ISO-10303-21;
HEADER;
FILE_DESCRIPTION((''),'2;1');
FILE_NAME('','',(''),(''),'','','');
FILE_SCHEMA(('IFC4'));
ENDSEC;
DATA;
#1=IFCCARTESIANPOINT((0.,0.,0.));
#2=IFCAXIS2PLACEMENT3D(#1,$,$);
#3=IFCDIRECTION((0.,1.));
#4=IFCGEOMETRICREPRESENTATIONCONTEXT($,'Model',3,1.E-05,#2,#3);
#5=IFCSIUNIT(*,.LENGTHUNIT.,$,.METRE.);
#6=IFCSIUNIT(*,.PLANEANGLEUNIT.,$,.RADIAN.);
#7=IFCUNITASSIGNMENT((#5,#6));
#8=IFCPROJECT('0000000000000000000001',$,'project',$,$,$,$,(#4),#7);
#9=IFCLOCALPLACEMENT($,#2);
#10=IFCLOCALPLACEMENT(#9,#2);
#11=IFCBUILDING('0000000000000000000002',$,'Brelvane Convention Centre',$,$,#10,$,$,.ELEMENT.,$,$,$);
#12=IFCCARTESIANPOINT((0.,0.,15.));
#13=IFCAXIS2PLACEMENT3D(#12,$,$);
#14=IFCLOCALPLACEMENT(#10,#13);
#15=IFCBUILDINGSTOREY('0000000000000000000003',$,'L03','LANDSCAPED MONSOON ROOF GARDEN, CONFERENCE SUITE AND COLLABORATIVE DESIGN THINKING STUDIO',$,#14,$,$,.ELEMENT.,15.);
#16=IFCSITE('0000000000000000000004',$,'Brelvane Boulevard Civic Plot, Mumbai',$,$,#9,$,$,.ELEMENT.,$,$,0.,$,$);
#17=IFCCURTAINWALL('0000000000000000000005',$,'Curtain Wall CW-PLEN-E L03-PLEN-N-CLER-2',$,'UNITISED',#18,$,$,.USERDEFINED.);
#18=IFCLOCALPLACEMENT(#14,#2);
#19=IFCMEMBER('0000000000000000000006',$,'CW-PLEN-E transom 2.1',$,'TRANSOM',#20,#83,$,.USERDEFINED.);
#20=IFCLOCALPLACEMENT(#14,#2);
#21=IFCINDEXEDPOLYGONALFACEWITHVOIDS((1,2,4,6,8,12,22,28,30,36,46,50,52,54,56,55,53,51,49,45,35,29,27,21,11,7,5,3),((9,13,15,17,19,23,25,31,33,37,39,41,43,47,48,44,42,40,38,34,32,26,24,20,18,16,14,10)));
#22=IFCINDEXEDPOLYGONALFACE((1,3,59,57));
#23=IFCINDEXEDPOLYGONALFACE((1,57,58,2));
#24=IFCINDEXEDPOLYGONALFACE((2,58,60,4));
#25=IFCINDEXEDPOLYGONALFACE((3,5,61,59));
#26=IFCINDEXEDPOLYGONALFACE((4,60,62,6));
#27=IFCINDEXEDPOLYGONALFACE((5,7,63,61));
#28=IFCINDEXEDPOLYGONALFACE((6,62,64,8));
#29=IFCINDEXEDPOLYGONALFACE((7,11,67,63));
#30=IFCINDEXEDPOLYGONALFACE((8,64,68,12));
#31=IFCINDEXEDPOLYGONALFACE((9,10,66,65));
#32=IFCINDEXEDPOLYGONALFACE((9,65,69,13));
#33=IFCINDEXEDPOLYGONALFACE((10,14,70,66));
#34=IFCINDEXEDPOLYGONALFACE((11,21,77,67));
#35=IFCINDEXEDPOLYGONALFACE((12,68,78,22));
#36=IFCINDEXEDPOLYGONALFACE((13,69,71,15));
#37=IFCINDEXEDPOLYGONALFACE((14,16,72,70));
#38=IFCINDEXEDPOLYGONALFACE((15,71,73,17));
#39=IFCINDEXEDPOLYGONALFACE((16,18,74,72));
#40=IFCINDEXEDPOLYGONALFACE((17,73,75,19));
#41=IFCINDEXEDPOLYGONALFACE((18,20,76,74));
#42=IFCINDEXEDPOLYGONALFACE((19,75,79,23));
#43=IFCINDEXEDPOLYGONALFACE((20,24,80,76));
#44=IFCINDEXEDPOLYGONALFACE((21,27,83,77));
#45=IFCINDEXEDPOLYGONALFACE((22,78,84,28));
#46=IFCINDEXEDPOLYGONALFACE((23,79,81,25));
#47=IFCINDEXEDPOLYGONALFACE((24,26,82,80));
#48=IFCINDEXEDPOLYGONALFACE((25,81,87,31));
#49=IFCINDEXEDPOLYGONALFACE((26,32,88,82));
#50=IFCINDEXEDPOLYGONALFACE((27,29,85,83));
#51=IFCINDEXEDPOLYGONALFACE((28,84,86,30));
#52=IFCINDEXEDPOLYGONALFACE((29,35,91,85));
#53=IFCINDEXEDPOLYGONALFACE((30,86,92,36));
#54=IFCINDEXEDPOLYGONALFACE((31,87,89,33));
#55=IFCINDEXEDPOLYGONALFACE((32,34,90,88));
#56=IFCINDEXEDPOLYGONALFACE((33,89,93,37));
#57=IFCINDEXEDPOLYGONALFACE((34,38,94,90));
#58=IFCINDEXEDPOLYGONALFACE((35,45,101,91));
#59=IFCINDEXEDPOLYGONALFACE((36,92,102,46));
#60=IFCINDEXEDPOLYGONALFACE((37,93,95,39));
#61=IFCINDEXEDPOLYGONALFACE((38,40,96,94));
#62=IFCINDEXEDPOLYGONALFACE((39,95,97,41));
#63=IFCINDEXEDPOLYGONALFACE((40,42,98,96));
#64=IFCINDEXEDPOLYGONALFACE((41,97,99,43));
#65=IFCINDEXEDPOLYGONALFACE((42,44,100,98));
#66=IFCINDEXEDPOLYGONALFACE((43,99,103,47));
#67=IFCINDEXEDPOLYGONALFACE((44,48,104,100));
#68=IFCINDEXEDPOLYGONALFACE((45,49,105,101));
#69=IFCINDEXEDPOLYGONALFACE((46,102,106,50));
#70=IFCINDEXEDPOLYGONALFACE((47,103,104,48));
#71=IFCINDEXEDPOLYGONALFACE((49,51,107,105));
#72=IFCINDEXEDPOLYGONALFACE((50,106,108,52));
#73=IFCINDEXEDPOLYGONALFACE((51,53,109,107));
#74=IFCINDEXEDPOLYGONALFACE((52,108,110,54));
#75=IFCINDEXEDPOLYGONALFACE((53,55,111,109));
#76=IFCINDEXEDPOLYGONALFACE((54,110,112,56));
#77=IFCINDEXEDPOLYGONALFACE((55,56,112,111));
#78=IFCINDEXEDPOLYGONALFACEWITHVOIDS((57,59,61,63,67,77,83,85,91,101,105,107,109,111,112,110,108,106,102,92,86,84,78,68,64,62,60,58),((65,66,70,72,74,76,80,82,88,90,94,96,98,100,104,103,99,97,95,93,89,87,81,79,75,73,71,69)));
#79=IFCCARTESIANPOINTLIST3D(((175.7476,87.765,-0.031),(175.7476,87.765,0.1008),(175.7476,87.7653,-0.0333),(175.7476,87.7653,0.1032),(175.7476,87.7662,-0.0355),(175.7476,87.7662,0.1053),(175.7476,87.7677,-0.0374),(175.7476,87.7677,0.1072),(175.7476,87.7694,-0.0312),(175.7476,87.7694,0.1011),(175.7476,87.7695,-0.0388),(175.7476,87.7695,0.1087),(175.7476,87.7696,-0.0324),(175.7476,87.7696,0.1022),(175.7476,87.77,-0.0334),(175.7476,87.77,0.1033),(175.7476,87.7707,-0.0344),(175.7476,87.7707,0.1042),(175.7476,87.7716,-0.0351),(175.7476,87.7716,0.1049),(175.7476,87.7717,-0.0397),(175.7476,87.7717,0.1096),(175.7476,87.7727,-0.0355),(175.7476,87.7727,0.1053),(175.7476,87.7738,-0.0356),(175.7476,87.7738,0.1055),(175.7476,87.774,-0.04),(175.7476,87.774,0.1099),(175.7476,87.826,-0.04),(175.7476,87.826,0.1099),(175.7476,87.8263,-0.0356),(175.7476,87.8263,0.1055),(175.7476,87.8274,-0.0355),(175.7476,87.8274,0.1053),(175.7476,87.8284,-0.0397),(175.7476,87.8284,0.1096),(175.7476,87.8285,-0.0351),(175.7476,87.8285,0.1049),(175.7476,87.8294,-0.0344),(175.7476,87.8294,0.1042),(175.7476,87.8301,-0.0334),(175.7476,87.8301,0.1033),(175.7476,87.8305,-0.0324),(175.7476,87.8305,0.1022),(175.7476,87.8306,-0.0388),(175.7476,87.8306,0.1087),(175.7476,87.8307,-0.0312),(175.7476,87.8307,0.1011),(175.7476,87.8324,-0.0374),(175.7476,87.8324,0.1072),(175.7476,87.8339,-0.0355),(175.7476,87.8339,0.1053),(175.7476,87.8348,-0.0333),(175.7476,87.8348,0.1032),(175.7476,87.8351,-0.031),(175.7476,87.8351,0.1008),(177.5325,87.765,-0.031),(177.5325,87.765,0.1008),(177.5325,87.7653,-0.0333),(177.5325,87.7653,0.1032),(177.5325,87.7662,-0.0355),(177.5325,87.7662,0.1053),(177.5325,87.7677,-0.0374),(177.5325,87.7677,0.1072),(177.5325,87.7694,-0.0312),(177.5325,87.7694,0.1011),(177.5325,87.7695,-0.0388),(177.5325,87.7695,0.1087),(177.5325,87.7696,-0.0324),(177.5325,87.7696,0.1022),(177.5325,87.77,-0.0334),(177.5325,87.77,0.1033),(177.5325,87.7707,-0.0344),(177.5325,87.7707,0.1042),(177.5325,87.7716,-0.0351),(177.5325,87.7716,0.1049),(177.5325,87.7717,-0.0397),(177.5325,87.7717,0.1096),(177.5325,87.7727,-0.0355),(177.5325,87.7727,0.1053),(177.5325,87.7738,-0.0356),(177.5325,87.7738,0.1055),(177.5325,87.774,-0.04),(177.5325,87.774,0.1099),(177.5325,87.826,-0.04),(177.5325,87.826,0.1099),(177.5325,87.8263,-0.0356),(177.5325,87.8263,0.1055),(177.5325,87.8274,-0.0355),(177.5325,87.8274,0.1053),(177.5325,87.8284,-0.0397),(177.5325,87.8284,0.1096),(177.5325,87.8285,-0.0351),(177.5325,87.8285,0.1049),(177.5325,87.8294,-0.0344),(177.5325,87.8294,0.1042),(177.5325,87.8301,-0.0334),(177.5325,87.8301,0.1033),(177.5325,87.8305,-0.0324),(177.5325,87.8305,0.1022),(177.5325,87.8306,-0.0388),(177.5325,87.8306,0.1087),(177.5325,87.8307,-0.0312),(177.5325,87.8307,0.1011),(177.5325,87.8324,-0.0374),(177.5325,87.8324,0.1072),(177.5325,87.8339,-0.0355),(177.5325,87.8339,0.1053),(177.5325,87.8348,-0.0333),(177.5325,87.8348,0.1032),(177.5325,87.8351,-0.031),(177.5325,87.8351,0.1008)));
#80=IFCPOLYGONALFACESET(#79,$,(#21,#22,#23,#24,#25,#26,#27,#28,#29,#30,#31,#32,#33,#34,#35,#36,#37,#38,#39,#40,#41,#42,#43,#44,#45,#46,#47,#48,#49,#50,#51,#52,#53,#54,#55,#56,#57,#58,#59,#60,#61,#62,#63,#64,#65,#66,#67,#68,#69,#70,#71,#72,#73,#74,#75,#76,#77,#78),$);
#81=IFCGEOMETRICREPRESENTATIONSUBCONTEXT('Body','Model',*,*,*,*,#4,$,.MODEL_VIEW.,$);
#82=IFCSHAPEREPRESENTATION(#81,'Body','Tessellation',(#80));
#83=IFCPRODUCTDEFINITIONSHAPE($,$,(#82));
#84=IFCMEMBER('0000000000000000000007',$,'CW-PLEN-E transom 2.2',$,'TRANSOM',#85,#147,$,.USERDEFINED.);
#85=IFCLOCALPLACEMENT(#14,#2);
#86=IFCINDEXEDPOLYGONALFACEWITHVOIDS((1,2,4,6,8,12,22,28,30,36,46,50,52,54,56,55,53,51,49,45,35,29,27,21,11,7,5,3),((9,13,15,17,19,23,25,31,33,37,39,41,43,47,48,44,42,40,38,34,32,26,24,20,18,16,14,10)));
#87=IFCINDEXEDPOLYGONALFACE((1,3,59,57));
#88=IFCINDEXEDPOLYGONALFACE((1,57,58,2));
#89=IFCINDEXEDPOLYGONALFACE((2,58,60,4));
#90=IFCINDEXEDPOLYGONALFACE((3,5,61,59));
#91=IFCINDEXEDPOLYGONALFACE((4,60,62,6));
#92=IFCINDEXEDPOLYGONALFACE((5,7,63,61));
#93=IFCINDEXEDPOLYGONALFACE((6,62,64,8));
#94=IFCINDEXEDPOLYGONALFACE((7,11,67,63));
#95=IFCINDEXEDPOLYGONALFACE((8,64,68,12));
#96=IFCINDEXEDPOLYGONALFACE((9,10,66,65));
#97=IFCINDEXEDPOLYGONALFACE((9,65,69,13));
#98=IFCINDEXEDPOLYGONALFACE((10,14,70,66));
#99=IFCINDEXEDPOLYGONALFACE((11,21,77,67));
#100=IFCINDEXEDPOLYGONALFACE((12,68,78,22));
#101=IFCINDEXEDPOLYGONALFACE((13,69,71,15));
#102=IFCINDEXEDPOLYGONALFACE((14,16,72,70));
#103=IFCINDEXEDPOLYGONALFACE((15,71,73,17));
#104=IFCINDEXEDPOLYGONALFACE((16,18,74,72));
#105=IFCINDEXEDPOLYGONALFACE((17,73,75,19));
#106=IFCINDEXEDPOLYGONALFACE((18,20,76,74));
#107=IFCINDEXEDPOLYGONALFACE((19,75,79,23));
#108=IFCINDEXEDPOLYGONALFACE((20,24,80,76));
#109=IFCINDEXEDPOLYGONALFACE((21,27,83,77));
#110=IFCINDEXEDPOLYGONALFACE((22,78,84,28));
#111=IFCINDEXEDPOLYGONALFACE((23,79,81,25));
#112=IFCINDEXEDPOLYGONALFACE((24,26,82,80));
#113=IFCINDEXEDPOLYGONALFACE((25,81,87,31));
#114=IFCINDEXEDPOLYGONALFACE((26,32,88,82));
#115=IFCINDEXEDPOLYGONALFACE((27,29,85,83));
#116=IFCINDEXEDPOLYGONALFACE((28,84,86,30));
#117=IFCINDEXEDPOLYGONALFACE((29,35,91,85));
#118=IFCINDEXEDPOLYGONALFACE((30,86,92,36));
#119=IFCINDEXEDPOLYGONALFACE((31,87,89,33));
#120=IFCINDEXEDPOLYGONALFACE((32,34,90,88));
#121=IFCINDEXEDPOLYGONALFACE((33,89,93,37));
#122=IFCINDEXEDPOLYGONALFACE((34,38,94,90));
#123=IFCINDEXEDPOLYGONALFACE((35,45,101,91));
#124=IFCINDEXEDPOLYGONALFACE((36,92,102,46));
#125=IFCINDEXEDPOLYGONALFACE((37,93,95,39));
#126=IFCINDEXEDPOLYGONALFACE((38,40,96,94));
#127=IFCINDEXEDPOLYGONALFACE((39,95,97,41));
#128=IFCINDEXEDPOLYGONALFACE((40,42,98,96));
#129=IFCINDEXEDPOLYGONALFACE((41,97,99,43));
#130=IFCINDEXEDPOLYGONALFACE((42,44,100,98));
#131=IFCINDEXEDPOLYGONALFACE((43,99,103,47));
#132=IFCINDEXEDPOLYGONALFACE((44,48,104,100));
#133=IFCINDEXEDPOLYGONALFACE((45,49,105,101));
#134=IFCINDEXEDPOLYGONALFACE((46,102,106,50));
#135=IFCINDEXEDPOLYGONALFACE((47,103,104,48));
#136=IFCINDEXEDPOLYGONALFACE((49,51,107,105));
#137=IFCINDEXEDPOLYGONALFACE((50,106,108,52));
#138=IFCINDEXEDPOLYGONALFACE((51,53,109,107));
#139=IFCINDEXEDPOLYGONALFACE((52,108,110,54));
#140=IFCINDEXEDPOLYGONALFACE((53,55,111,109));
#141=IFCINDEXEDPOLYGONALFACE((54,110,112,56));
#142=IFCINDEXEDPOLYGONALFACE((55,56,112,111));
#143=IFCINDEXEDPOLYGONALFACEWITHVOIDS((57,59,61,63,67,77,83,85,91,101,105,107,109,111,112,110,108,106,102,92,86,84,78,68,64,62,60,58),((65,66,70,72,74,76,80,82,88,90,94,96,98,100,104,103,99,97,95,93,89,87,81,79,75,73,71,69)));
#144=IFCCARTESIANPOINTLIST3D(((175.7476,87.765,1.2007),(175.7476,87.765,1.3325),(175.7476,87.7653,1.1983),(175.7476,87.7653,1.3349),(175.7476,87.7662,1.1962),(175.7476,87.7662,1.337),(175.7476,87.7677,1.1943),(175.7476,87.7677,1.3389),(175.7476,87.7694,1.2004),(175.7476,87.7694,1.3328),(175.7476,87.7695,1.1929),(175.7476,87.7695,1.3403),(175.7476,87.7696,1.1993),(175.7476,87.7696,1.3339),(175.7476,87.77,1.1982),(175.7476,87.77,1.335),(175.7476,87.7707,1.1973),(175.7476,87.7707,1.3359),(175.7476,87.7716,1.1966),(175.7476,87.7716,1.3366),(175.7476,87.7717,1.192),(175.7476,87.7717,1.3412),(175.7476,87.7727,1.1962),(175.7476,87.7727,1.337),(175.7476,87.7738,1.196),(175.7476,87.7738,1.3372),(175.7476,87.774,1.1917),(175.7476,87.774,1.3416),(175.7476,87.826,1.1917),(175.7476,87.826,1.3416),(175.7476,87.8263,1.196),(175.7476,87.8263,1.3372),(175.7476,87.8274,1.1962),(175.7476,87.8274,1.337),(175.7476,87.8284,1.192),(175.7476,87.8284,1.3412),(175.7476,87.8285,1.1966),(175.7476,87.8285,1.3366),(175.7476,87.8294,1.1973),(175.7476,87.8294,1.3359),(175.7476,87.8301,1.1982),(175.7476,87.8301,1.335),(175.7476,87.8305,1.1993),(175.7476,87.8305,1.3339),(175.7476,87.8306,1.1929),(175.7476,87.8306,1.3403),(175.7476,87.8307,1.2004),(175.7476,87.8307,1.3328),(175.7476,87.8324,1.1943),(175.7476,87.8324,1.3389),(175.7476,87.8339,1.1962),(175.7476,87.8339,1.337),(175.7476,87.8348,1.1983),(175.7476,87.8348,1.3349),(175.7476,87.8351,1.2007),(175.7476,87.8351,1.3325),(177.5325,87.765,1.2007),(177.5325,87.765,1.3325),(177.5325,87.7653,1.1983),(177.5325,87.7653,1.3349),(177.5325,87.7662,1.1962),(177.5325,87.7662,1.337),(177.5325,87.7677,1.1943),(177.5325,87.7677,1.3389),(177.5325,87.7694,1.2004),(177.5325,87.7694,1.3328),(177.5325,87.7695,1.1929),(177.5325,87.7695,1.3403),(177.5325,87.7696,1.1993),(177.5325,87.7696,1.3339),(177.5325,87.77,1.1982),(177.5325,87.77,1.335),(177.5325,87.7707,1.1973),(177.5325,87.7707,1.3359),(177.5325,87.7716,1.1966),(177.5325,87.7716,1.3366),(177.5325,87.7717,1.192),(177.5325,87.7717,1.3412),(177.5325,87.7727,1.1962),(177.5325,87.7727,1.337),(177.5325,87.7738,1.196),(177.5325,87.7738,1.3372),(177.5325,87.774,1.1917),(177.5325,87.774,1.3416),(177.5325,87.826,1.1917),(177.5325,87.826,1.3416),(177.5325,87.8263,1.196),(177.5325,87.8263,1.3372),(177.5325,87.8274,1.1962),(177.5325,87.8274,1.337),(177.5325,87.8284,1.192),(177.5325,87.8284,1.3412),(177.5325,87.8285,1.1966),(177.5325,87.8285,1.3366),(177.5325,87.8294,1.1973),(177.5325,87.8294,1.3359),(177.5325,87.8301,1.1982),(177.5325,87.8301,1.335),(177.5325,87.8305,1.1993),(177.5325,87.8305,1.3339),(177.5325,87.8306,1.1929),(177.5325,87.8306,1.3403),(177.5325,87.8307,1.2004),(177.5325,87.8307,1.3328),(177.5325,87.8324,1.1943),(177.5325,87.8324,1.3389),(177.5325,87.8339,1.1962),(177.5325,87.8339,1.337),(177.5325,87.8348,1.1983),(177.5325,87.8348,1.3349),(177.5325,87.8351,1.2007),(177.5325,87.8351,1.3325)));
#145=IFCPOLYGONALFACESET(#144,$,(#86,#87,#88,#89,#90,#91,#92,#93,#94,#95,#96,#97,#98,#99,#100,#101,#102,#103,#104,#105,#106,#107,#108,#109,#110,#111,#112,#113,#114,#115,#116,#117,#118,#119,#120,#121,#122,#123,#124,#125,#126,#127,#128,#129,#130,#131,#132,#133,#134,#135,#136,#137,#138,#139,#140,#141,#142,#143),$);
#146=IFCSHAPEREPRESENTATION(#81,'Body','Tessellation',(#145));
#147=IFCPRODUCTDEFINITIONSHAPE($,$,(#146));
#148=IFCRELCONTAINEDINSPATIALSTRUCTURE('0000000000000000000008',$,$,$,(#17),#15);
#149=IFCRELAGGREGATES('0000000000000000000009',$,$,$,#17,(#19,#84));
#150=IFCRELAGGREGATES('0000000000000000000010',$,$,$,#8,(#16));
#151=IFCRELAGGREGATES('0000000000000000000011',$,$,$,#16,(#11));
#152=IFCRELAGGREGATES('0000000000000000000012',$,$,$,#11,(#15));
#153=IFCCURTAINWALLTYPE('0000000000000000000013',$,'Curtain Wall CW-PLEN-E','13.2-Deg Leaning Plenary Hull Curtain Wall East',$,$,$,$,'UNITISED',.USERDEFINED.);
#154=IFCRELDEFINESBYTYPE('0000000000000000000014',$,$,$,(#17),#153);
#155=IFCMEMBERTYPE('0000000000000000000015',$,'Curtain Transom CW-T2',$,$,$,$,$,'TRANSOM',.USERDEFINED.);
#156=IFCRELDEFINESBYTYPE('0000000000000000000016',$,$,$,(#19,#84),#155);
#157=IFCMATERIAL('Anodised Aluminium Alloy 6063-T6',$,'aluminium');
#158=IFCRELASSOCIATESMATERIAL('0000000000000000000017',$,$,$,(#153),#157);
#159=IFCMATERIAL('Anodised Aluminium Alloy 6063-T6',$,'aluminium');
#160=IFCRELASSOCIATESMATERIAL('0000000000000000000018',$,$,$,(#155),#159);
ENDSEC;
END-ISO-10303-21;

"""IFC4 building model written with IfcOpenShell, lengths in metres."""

from ifc_helpers import new_model, si_unit, direction, frame, origin, origin_2d, place, context, subcontext, project, spatial, hollow_rectangle, extrude, material, material_profile, profile_set, type_object, element, aggregate, save


model = new_model("IFC4")

# Units and contexts
model_context = context("Model", 3, precision=1e-05, world=origin(), true_north=direction((0.0, 1.0)))
body_context = subcontext(model_context, "Body", "Model", "MODEL_VIEW")
ifc_project = project(units=[si_unit("LENGTHUNIT", "METRE"), si_unit("PLANEANGLEUNIT", "RADIAN")], contexts=[model_context])

# Site, building, storey
site_placement = place(None, origin())
site = spatial("IfcSite", under=ifc_project, at=site_placement, Name="Brelvane Boulevard Civic Plot, Mumbai", CompositionType="ELEMENT", RefElevation=0.0)
building_placement = place(site_placement, origin())
building = spatial("IfcBuilding", under=site, at=building_placement, Name="Brelvane Convention Centre", CompositionType="ELEMENT")
storey_placement = place(building_placement, frame((0.0, 0.0, 15.0)))
storey = spatial("IfcBuildingStorey", under=building, at=storey_placement, Name="L03", Description="LANDSCAPED MONSOON ROOF GARDEN, CONFERENCE SUITE AND COLLABORATIVE DESIGN THINKING STUDIO", CompositionType="ELEMENT", Elevation=15.0)

# Curtain wall
ifc_material_1 = material(Name="Anodised Aluminium Alloy 6063-T6", Category="aluminium")
curtain_wall_type = type_object("IfcCurtainWallType", Name="Curtain Wall CW-PLEN-E", Description="13.2-Deg Leaning Plenary Hull Curtain Wall East", ElementType="UNITISED", PredefinedType="USERDEFINED", material=ifc_material_1)
curtain_wall_1_placement = place(storey_placement, origin())
curtain_wall_1 = element("IfcCurtainWall", 1, at=curtain_wall_1_placement, inside=storey, type_object=curtain_wall_type, Name="Curtain Wall CW-PLEN-E L03-PLEN-N-CLER-2", ObjectType="UNITISED", PredefinedType="USERDEFINED")

# Members
ifc_material_2 = material(Name="Anodised Aluminium Alloy 6063-T6", Category="aluminium")
ifc_material_profile_1 = material_profile(ifc_material_2, hollow_rectangle(XDim=0.0701, YDim=0.1499, WallThickness=0.0044, InnerFilletRadius=0.0044, OuterFilletRadius=0.009, at=origin_2d()), Name="ALU-T 150x70x4.5")
ifc_profile_set_1 = profile_set([ifc_material_profile_1], Name="Anodised Aluminium Alloy 6063-T6")
member_type_1 = type_object("IfcMemberType", Name="Curtain Transom CW-T2", ElementType="TRANSOM", PredefinedType="USERDEFINED", material=ifc_profile_set_1)
member_1_placement = place(storey_placement, frame((175.7476, 87.8, 0.0349), z_axis=(1.0, 0.0, 0.0), x_axis=(0.0, 1.0, 0.0)))
member_1 = element("IfcMember", 2, at=member_1_placement, type_object=member_type_1, Name="CW-PLEN-E transom 2.1", ObjectType="TRANSOM", PredefinedType="USERDEFINED", context=body_context, shape_type="SweptSolid", body=[
    extrude(hollow_rectangle(XDim=0.0701, YDim=0.1499, WallThickness=0.0044, InnerFilletRadius=0.0044, OuterFilletRadius=0.009, at=origin_2d()), origin(), (0.0, 0.0, 1.0), 1.7849),
])
member_2_placement = place(storey_placement, frame((175.7476, 87.8, 1.2666), z_axis=(1.0, 0.0, 0.0), x_axis=(0.0, 1.0, 0.0)))
member_2 = element("IfcMember", 3, at=member_2_placement, type_object=member_type_1, Name="CW-PLEN-E transom 2.2", ObjectType="TRANSOM", PredefinedType="USERDEFINED", context=body_context, shape_type="SweptSolid", body=[
    extrude(hollow_rectangle(XDim=0.0701, YDim=0.1499, WallThickness=0.0044, InnerFilletRadius=0.0044, OuterFilletRadius=0.009, at=origin_2d()), origin(), (0.0, 0.0, 1.0), 1.7849),
])

aggregate(curtain_wall_1, [member_1, member_2])

save(model, "model.ifc")
